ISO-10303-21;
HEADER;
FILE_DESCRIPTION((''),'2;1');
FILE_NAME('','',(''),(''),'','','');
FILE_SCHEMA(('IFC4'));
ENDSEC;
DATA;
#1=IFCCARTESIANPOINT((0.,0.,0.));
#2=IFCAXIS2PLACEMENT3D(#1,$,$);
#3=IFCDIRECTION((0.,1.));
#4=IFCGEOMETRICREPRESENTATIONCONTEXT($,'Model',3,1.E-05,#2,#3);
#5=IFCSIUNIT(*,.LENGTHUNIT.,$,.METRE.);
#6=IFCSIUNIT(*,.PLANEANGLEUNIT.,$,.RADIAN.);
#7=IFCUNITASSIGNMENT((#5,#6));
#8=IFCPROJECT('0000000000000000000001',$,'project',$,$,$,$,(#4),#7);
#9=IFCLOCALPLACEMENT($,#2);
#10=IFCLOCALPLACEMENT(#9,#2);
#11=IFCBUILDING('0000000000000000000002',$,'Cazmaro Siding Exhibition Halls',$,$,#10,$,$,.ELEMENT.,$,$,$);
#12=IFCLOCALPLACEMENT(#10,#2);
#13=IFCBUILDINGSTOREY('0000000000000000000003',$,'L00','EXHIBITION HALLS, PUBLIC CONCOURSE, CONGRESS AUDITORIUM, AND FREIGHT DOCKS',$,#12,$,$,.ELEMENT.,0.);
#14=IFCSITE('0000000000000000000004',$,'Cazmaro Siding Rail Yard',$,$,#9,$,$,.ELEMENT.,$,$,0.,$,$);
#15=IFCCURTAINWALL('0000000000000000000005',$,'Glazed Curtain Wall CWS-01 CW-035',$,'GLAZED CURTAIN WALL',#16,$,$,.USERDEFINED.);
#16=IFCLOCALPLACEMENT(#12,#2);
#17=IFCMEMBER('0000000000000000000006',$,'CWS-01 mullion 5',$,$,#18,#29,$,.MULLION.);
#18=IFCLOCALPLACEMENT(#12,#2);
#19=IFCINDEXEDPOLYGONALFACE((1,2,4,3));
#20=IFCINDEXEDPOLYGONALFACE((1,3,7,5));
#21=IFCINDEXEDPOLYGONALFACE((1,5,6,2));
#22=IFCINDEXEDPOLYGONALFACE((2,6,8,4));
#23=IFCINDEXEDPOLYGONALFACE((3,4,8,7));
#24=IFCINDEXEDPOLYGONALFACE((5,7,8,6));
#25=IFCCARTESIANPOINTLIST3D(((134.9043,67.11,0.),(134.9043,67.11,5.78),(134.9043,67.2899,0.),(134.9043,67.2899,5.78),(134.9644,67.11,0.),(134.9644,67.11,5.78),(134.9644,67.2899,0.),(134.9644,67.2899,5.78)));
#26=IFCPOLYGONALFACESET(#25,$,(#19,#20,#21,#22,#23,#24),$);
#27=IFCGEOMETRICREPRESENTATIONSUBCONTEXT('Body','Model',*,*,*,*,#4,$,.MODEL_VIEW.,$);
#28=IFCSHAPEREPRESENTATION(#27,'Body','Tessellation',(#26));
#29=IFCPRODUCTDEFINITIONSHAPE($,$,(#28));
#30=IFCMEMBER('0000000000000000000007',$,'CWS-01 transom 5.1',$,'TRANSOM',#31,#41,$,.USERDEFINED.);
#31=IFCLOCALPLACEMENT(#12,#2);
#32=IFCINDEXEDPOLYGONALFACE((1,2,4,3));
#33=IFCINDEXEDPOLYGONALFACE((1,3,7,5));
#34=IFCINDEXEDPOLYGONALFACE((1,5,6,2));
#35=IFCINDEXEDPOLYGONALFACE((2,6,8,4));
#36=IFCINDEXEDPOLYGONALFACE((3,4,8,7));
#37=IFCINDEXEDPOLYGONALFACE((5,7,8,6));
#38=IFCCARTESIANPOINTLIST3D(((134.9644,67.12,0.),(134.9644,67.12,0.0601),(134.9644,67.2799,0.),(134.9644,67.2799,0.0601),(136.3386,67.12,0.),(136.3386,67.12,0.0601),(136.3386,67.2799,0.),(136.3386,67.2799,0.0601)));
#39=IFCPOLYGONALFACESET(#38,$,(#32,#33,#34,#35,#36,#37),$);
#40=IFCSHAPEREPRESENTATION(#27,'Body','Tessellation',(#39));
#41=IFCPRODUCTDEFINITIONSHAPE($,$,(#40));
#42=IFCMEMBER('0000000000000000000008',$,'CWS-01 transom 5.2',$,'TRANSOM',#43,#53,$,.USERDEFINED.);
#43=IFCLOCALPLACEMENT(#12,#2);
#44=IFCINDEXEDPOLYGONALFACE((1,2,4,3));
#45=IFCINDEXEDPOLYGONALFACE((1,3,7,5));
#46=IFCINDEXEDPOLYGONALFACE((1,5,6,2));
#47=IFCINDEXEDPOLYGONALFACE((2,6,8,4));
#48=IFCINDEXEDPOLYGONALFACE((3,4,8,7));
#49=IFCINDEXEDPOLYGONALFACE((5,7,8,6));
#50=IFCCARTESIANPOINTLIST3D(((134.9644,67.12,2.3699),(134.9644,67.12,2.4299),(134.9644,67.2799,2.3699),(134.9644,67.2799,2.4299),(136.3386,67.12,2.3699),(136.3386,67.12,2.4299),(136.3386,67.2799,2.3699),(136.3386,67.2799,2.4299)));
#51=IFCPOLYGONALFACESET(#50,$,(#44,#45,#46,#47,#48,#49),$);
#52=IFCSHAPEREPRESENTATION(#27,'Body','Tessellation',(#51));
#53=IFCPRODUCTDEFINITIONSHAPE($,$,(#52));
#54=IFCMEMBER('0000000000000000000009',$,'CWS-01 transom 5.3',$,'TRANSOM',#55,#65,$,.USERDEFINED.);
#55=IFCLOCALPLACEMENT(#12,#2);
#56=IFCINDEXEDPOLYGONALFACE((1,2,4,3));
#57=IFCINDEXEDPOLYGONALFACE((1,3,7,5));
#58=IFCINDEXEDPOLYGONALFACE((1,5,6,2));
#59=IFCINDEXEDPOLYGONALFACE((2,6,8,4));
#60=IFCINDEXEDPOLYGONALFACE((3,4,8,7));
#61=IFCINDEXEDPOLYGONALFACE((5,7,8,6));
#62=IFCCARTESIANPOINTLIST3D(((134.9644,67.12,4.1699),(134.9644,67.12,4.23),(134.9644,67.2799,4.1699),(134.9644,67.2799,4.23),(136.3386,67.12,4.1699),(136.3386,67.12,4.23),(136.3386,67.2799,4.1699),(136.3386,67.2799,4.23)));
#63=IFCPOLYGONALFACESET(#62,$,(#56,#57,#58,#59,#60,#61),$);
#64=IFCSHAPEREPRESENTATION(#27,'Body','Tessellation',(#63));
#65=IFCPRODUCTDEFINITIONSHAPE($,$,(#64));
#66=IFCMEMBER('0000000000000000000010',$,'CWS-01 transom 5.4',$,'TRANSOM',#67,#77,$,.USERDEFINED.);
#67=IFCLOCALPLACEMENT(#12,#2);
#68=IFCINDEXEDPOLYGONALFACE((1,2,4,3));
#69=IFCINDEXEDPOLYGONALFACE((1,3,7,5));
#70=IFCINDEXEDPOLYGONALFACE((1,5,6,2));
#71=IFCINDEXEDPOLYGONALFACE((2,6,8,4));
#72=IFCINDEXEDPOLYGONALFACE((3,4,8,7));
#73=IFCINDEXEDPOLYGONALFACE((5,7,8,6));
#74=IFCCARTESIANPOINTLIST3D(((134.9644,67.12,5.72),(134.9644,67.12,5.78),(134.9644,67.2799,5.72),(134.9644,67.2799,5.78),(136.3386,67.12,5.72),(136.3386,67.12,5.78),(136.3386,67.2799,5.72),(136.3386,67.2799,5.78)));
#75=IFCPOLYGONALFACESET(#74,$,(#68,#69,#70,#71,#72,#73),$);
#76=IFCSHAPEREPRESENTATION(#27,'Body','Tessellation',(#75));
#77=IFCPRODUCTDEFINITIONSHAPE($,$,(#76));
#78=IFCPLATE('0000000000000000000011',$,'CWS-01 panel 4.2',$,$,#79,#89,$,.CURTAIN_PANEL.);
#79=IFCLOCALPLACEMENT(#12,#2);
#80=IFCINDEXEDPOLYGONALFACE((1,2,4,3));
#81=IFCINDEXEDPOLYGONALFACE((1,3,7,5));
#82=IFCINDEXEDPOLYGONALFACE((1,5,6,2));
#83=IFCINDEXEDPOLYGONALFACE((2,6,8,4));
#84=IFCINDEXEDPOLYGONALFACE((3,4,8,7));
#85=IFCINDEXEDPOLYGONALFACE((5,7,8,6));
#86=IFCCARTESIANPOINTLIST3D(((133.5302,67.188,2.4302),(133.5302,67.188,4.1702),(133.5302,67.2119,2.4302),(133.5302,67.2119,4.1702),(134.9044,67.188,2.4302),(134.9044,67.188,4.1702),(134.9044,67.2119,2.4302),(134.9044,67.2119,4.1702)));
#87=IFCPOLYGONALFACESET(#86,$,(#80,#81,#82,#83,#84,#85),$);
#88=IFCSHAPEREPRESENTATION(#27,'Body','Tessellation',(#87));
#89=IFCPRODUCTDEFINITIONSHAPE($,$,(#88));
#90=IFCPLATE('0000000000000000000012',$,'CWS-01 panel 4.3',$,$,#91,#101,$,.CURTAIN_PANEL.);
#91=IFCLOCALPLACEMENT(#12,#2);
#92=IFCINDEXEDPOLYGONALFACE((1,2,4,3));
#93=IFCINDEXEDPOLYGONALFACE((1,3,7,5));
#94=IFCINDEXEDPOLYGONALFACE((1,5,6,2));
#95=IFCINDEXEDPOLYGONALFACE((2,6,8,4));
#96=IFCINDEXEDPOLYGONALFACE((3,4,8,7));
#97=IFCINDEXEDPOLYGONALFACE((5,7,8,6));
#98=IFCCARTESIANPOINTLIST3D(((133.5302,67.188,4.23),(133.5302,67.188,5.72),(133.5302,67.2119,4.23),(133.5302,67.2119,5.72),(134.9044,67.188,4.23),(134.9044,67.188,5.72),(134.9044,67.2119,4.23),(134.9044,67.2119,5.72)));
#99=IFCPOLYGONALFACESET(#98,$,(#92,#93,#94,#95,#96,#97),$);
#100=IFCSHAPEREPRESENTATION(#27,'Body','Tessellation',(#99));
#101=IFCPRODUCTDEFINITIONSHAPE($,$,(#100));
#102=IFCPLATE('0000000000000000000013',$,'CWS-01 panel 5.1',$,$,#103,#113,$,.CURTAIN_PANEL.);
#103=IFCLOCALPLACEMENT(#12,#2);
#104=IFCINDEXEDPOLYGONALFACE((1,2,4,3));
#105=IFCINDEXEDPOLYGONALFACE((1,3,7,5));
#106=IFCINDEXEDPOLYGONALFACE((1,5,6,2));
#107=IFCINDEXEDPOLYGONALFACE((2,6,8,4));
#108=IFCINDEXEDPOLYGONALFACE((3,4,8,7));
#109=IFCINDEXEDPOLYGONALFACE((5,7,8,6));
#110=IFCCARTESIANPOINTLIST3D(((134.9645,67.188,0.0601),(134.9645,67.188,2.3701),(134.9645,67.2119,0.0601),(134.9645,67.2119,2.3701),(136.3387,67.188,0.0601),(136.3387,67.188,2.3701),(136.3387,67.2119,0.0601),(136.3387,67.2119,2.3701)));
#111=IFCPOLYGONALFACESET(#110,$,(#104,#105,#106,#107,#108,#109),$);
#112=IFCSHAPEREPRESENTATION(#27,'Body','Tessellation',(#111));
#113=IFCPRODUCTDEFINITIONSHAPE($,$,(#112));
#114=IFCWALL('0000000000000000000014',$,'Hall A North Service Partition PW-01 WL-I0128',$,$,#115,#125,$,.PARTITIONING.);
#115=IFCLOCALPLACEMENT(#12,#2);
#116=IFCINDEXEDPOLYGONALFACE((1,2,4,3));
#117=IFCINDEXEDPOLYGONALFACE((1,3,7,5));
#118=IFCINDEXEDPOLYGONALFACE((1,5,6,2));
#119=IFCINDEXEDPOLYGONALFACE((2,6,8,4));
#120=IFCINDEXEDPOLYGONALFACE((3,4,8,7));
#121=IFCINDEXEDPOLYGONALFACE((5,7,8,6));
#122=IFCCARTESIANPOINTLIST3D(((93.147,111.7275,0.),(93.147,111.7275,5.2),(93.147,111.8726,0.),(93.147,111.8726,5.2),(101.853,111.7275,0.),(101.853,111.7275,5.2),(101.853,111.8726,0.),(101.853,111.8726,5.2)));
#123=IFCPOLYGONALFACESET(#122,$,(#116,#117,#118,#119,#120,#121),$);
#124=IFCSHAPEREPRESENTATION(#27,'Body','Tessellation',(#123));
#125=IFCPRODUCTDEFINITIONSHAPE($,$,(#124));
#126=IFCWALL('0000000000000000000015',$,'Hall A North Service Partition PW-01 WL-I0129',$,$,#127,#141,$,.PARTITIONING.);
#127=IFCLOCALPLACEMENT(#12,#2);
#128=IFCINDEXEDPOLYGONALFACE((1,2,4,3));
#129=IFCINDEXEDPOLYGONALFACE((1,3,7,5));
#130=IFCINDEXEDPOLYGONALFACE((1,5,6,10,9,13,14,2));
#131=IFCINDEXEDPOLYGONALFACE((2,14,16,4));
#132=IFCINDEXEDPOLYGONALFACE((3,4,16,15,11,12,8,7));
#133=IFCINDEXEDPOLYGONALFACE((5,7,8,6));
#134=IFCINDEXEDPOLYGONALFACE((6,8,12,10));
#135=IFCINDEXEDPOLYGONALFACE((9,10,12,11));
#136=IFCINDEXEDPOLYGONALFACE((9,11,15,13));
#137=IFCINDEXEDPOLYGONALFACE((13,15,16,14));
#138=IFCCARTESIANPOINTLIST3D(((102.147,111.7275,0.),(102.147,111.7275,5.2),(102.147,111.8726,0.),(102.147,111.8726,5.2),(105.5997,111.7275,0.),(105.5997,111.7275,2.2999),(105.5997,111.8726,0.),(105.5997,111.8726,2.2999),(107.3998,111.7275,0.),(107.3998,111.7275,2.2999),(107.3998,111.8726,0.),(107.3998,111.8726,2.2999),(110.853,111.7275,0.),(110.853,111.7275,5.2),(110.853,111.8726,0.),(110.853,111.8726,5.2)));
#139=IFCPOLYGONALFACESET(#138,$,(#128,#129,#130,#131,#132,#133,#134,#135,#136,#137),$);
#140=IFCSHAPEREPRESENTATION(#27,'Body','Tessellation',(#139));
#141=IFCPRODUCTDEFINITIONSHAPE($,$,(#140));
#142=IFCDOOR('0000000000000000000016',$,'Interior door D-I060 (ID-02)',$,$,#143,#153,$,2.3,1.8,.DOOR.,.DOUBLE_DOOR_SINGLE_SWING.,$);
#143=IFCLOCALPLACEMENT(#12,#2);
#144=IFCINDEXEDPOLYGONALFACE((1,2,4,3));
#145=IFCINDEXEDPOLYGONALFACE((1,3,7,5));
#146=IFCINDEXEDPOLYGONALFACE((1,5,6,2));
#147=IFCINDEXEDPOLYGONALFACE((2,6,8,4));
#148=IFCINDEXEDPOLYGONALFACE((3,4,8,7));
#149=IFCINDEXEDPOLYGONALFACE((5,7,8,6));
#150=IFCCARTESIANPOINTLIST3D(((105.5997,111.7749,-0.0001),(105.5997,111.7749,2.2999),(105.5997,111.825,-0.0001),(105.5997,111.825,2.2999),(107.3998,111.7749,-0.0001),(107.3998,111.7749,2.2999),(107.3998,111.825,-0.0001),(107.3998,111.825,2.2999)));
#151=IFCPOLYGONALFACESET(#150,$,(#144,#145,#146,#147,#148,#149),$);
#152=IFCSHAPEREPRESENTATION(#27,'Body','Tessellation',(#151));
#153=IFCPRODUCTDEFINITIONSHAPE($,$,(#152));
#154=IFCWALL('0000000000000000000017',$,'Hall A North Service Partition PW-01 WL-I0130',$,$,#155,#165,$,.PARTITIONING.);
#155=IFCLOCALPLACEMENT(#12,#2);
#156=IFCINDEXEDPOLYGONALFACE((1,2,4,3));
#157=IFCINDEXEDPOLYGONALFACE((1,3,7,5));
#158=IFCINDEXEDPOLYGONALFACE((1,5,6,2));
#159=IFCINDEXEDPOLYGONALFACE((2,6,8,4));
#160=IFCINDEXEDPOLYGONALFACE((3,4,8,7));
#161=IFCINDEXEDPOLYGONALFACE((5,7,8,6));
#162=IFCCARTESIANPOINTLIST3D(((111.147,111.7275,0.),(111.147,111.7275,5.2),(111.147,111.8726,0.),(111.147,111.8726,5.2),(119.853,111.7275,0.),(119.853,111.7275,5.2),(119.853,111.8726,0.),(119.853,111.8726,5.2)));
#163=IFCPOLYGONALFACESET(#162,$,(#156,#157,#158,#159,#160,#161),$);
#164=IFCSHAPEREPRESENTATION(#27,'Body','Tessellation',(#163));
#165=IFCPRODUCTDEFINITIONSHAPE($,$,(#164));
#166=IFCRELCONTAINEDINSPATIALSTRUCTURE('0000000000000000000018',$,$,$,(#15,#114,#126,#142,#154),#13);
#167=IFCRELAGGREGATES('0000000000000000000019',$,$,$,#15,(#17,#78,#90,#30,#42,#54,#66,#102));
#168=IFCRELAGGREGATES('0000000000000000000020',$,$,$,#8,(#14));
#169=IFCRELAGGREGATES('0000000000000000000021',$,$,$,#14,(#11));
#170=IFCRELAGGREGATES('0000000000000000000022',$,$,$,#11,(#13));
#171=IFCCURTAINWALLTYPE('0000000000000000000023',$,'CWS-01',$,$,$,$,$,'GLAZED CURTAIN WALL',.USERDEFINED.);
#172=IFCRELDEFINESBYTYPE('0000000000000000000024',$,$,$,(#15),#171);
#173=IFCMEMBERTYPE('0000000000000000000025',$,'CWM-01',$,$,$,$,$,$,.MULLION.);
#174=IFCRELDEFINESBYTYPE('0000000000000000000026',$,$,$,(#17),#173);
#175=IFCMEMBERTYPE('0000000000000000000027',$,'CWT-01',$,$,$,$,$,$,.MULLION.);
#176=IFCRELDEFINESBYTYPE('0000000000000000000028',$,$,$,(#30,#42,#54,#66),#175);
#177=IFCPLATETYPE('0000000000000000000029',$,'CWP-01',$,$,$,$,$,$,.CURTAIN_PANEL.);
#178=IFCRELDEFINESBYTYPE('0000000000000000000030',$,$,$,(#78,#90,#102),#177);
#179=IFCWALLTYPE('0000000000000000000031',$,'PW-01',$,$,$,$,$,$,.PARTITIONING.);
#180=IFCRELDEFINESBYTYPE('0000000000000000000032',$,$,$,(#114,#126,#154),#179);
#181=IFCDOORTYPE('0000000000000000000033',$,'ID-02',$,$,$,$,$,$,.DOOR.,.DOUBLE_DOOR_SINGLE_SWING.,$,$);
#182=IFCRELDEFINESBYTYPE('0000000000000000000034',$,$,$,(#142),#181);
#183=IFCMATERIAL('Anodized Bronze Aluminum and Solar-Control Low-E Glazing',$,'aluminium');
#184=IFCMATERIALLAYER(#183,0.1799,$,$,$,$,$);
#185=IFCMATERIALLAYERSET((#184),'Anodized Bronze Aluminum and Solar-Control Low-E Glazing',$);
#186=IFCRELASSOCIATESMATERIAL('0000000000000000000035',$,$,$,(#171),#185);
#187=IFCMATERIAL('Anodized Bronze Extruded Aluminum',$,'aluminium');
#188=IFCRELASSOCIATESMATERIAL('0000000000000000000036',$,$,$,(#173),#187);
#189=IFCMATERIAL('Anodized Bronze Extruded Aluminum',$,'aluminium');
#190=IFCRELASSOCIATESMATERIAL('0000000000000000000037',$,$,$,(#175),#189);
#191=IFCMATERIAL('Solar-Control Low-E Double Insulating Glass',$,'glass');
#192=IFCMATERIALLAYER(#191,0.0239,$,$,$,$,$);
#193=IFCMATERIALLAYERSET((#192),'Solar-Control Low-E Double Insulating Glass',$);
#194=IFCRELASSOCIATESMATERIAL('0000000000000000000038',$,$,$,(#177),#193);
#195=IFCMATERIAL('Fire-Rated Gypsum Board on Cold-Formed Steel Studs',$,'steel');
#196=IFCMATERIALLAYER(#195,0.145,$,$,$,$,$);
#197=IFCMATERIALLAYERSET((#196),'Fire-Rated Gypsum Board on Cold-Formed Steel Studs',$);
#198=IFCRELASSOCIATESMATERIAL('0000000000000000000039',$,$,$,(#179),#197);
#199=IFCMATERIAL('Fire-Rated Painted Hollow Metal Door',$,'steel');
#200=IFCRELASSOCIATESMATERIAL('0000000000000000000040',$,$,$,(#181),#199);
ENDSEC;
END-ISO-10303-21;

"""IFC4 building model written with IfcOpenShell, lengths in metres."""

from ifc_helpers import new_model, si_unit, direction, frame, frame_2d, origin, origin_2d, place, context, subcontext, project, spatial, rectangle, extrude, material, layer, layer_set, material_profile, profile_set, type_object, element, fill, aggregate, save


model = new_model("IFC4")

# Units and contexts
model_context = context("Model", 3, precision=1e-05, world=origin(), true_north=direction((0.0, 1.0)))
body_context = subcontext(model_context, "Body", "Model", "MODEL_VIEW")
ifc_project = project(units=[si_unit("LENGTHUNIT", "METRE"), si_unit("PLANEANGLEUNIT", "RADIAN")], contexts=[model_context])

# Site, building, storey
site_placement = place(None, origin())
site = spatial("IfcSite", under=ifc_project, at=site_placement, Name="Cazmaro Siding Rail Yard", CompositionType="ELEMENT", RefElevation=0.0)
building_placement = place(site_placement, origin())
building = spatial("IfcBuilding", under=site, at=building_placement, Name="Cazmaro Siding Exhibition Halls", CompositionType="ELEMENT")
storey_placement = place(building_placement, origin())
storey = spatial("IfcBuildingStorey", under=building, at=storey_placement, Name="L00", Description="EXHIBITION HALLS, PUBLIC CONCOURSE, CONGRESS AUDITORIUM, AND FREIGHT DOCKS", CompositionType="ELEMENT", Elevation=0.0)

# Curtain wall, members, plates
ifc_material_1 = material(Name="Anodized Bronze Aluminum and Solar-Control Low-E Glazing", Category="aluminium")
ifc_layer_1 = layer(ifc_material_1, 0.1799)
ifc_layer_set_1 = layer_set([ifc_layer_1], Name="Anodized Bronze Aluminum and Solar-Control Low-E Glazing")
curtain_wall_type = type_object("IfcCurtainWallType", Name="CWS-01", ElementType="GLAZED CURTAIN WALL", PredefinedType="USERDEFINED", material=ifc_layer_set_1)
curtain_wall_placement = place(storey_placement, origin())
curtain_wall = element("IfcCurtainWall", 1, at=curtain_wall_placement, inside=storey, type_object=curtain_wall_type, Name="Glazed Curtain Wall CWS-01 CW-035", ObjectType="GLAZED CURTAIN WALL", PredefinedType="USERDEFINED")
ifc_material_2 = material(Name="Anodized Bronze Extruded Aluminum", Category="aluminium")
ifc_material_profile_1 = material_profile(ifc_material_2, rectangle(XDim=0.1799, YDim=0.0601, at=origin_2d()), Name="CWM-01")
ifc_profile_set_1 = profile_set([ifc_material_profile_1], Name="Anodized Bronze Extruded Aluminum")
member_type_1 = type_object("IfcMemberType", Name="CWM-01", PredefinedType="MULLION", material=ifc_profile_set_1)
member_1_placement = place(storey_placement, frame((134.9343, 67.2, 0.0), z_axis=(0.0, 0.0, 1.0), x_axis=(0.0, 1.0, 0.0)))
member_1 = element("IfcMember", 2, at=member_1_placement, type_object=member_type_1, Name="CWS-01 mullion 5", PredefinedType="MULLION", context=body_context, shape_type="SweptSolid", body=[
    extrude(rectangle(XDim=0.1799, YDim=0.0601, at=origin_2d()), origin(), (0.0, 0.0, 1.0), 5.78),
])
ifc_material_3 = material(Name="Anodized Bronze Extruded Aluminum", Category="aluminium")
ifc_material_profile_2 = material_profile(ifc_material_3, rectangle(XDim=0.1599, YDim=0.0601, at=origin_2d()), Name="CWT-01")
ifc_profile_set_2 = profile_set([ifc_material_profile_2], Name="Anodized Bronze Extruded Aluminum")
member_type_2 = type_object("IfcMemberType", Name="CWT-01", PredefinedType="MULLION", material=ifc_profile_set_2)
member_2_placement = place(storey_placement, frame((134.9644, 67.2, 0.03), z_axis=(1.0, 0.0, 0.0), x_axis=(0.0, 1.0, 0.0)))
member_2 = element("IfcMember", 3, at=member_2_placement, type_object=member_type_2, Name="CWS-01 transom 5.1", ObjectType="TRANSOM", PredefinedType="USERDEFINED", context=body_context, shape_type="SweptSolid", body=[
    extrude(rectangle(XDim=0.1599, YDim=0.0601, at=origin_2d()), origin(), (0.0, 0.0, 1.0), 1.3743),
])
member_3_placement = place(storey_placement, frame((134.9644, 67.2, 2.3999), z_axis=(1.0, 0.0, 0.0), x_axis=(0.0, 1.0, 0.0)))
member_3 = element("IfcMember", 4, at=member_3_placement, type_object=member_type_2, Name="CWS-01 transom 5.2", ObjectType="TRANSOM", PredefinedType="USERDEFINED", context=body_context, shape_type="SweptSolid", body=[
    extrude(rectangle(XDim=0.1599, YDim=0.0601, at=origin_2d()), origin(), (0.0, 0.0, 1.0), 1.3743),
])
member_4_placement = place(storey_placement, frame((134.9644, 67.2, 4.2), z_axis=(1.0, 0.0, 0.0), x_axis=(0.0, 1.0, 0.0)))
member_4 = element("IfcMember", 5, at=member_4_placement, type_object=member_type_2, Name="CWS-01 transom 5.3", ObjectType="TRANSOM", PredefinedType="USERDEFINED", context=body_context, shape_type="SweptSolid", body=[
    extrude(rectangle(XDim=0.1599, YDim=0.0601, at=origin_2d()), origin(), (0.0, 0.0, 1.0), 1.3743),
])
member_5_placement = place(storey_placement, frame((134.9644, 67.2, 5.75), z_axis=(1.0, 0.0, 0.0), x_axis=(0.0, 1.0, 0.0)))
member_5 = element("IfcMember", 6, at=member_5_placement, type_object=member_type_2, Name="CWS-01 transom 5.4", ObjectType="TRANSOM", PredefinedType="USERDEFINED", context=body_context, shape_type="SweptSolid", body=[
    extrude(rectangle(XDim=0.1599, YDim=0.0601, at=origin_2d()), origin(), (0.0, 0.0, 1.0), 1.3743),
])
ifc_material_4 = material(Name="Solar-Control Low-E Double Insulating Glass", Category="glass")
ifc_layer_2 = layer(ifc_material_4, 0.0239)
ifc_layer_set_2 = layer_set([ifc_layer_2], Name="Solar-Control Low-E Double Insulating Glass")
plate_type = type_object("IfcPlateType", Name="CWP-01", PredefinedType="CURTAIN_PANEL", material=ifc_layer_set_2)
plate_1_placement = place(storey_placement, frame((134.2173, 67.2, 2.4302), z_axis=(0.0, 0.0, 1.0), x_axis=(1.0, 0.0, 0.0)))
plate_1 = element("IfcPlate", 7, at=plate_1_placement, type_object=plate_type, Name="CWS-01 panel 4.2", PredefinedType="CURTAIN_PANEL", context=body_context, shape_type="SweptSolid", body=[
    extrude(rectangle(XDim=1.3743, YDim=0.0239, at=origin_2d()), origin(), (0.0, 0.0, 1.0), 1.74),
])
plate_2_placement = place(storey_placement, frame((134.2173, 67.2, 4.23), z_axis=(0.0, 0.0, 1.0), x_axis=(1.0, 0.0, 0.0)))
plate_2 = element("IfcPlate", 8, at=plate_2_placement, type_object=plate_type, Name="CWS-01 panel 4.3", PredefinedType="CURTAIN_PANEL", context=body_context, shape_type="SweptSolid", body=[
    extrude(rectangle(XDim=1.3743, YDim=0.0239, at=origin_2d()), origin(), (0.0, 0.0, 1.0), 1.49),
])
plate_3_placement = place(storey_placement, frame((135.6516, 67.2, 0.0601), z_axis=(0.0, 0.0, 1.0), x_axis=(1.0, 0.0, 0.0)))
plate_3 = element("IfcPlate", 9, at=plate_3_placement, type_object=plate_type, Name="CWS-01 panel 5.1", PredefinedType="CURTAIN_PANEL", context=body_context, shape_type="SweptSolid", body=[
    extrude(rectangle(XDim=1.3743, YDim=0.0239, at=origin_2d()), origin(), (0.0, 0.0, 1.0), 2.3101),
])
aggregate(curtain_wall, [member_1, plate_1, plate_2, member_2, member_3, member_4, member_5, plate_3])

# Wall
ifc_material_5 = material(Name="Fire-Rated Gypsum Board on Cold-Formed Steel Studs", Category="steel")
ifc_layer_3 = layer(ifc_material_5, 0.145)
ifc_layer_set_3 = layer_set([ifc_layer_3], Name="Fire-Rated Gypsum Board on Cold-Formed Steel Studs")
wall_type = type_object("IfcWallType", Name="PW-01", PredefinedType="PARTITIONING", material=ifc_layer_set_3)
wall_1_placement = place(storey_placement, frame((93.147, 111.8, 0.0), z_axis=(0.0, 0.0, 1.0), x_axis=(1.0, 0.0, 0.0)))
element("IfcWall", 10, at=wall_1_placement, inside=storey, type_object=wall_type, Name="Hall A North Service Partition PW-01 WL-I0128", PredefinedType="PARTITIONING", context=body_context, shape_type="SweptSolid", body=[
    extrude(rectangle(XDim=8.7061, YDim=0.145, at=frame_2d((4.353, 0.0))), origin(), (0.0, 0.0, 1.0), 5.2),
])

# Wall, opening, door
wall_2_placement = place(storey_placement, frame((102.147, 111.8, 0.0), z_axis=(0.0, 0.0, 1.0), x_axis=(1.0, 0.0, 0.0)))
wall_2 = element("IfcWall", 11, at=wall_2_placement, inside=storey, type_object=wall_type, Name="Hall A North Service Partition PW-01 WL-I0129", PredefinedType="PARTITIONING", context=body_context, shape_type="SweptSolid", body=[
    extrude(rectangle(XDim=8.7061, YDim=0.145, at=frame_2d((4.353, 0.0))), origin(), (0.0, 0.0, 1.0), 5.2),
])
opening_placement = place(wall_2_placement, frame((3.4529, 0.0, 0.0)))
opening = element("IfcOpeningElement", 12, at=opening_placement, cuts=wall_2, PredefinedType="OPENING", context=body_context, shape_type="SweptSolid", body=[
    extrude(rectangle(XDim=1.8, YDim=2.3, at=frame_2d((0.8999, 1.1499))), frame((0.0, 0.0825, 0.0), z_axis=(0.0, -1.0, 0.0), x_axis=(1.0, 0.0, 0.0)), (0.0, 0.0, 1.0), 0.165),
])
ifc_material_6 = material(Name="Fire-Rated Painted Hollow Metal Door", Category="steel")
door_type = type_object("IfcDoorType", Name="ID-02", OperationType="DOUBLE_DOOR_SINGLE_SWING", PredefinedType="DOOR", material=ifc_material_6)
door_placement = place(opening_placement, origin())
door = element("IfcDoor", 13, at=door_placement, inside=storey, type_object=door_type, Name="Interior door D-I060 (ID-02)", OperationType="DOUBLE_DOOR_SINGLE_SWING", OverallHeight=2.3, OverallWidth=1.8, PredefinedType="DOOR", context=body_context, shape_type="SweptSolid", body=[
    extrude(rectangle(XDim=1.8, YDim=2.3, at=frame_2d((0.8999, 1.1499))), frame((0.0, 0.0249, 0.0), z_axis=(0.0, -1.0, 0.0), x_axis=(1.0, 0.0, 0.0)), (0.0, 0.0, 1.0), 0.05),
])
fill(opening, door)

# Wall
wall_3_placement = place(storey_placement, frame((111.147, 111.8, 0.0), z_axis=(0.0, 0.0, 1.0), x_axis=(1.0, 0.0, 0.0)))
element("IfcWall", 14, at=wall_3_placement, inside=storey, type_object=wall_type, Name="Hall A North Service Partition PW-01 WL-I0130", PredefinedType="PARTITIONING", context=body_context, shape_type="SweptSolid", body=[
    extrude(rectangle(XDim=8.7061, YDim=0.145, at=frame_2d((4.353, 0.0))), origin(), (0.0, 0.0, 1.0), 5.2),
])

save(model, "model.ifc")
